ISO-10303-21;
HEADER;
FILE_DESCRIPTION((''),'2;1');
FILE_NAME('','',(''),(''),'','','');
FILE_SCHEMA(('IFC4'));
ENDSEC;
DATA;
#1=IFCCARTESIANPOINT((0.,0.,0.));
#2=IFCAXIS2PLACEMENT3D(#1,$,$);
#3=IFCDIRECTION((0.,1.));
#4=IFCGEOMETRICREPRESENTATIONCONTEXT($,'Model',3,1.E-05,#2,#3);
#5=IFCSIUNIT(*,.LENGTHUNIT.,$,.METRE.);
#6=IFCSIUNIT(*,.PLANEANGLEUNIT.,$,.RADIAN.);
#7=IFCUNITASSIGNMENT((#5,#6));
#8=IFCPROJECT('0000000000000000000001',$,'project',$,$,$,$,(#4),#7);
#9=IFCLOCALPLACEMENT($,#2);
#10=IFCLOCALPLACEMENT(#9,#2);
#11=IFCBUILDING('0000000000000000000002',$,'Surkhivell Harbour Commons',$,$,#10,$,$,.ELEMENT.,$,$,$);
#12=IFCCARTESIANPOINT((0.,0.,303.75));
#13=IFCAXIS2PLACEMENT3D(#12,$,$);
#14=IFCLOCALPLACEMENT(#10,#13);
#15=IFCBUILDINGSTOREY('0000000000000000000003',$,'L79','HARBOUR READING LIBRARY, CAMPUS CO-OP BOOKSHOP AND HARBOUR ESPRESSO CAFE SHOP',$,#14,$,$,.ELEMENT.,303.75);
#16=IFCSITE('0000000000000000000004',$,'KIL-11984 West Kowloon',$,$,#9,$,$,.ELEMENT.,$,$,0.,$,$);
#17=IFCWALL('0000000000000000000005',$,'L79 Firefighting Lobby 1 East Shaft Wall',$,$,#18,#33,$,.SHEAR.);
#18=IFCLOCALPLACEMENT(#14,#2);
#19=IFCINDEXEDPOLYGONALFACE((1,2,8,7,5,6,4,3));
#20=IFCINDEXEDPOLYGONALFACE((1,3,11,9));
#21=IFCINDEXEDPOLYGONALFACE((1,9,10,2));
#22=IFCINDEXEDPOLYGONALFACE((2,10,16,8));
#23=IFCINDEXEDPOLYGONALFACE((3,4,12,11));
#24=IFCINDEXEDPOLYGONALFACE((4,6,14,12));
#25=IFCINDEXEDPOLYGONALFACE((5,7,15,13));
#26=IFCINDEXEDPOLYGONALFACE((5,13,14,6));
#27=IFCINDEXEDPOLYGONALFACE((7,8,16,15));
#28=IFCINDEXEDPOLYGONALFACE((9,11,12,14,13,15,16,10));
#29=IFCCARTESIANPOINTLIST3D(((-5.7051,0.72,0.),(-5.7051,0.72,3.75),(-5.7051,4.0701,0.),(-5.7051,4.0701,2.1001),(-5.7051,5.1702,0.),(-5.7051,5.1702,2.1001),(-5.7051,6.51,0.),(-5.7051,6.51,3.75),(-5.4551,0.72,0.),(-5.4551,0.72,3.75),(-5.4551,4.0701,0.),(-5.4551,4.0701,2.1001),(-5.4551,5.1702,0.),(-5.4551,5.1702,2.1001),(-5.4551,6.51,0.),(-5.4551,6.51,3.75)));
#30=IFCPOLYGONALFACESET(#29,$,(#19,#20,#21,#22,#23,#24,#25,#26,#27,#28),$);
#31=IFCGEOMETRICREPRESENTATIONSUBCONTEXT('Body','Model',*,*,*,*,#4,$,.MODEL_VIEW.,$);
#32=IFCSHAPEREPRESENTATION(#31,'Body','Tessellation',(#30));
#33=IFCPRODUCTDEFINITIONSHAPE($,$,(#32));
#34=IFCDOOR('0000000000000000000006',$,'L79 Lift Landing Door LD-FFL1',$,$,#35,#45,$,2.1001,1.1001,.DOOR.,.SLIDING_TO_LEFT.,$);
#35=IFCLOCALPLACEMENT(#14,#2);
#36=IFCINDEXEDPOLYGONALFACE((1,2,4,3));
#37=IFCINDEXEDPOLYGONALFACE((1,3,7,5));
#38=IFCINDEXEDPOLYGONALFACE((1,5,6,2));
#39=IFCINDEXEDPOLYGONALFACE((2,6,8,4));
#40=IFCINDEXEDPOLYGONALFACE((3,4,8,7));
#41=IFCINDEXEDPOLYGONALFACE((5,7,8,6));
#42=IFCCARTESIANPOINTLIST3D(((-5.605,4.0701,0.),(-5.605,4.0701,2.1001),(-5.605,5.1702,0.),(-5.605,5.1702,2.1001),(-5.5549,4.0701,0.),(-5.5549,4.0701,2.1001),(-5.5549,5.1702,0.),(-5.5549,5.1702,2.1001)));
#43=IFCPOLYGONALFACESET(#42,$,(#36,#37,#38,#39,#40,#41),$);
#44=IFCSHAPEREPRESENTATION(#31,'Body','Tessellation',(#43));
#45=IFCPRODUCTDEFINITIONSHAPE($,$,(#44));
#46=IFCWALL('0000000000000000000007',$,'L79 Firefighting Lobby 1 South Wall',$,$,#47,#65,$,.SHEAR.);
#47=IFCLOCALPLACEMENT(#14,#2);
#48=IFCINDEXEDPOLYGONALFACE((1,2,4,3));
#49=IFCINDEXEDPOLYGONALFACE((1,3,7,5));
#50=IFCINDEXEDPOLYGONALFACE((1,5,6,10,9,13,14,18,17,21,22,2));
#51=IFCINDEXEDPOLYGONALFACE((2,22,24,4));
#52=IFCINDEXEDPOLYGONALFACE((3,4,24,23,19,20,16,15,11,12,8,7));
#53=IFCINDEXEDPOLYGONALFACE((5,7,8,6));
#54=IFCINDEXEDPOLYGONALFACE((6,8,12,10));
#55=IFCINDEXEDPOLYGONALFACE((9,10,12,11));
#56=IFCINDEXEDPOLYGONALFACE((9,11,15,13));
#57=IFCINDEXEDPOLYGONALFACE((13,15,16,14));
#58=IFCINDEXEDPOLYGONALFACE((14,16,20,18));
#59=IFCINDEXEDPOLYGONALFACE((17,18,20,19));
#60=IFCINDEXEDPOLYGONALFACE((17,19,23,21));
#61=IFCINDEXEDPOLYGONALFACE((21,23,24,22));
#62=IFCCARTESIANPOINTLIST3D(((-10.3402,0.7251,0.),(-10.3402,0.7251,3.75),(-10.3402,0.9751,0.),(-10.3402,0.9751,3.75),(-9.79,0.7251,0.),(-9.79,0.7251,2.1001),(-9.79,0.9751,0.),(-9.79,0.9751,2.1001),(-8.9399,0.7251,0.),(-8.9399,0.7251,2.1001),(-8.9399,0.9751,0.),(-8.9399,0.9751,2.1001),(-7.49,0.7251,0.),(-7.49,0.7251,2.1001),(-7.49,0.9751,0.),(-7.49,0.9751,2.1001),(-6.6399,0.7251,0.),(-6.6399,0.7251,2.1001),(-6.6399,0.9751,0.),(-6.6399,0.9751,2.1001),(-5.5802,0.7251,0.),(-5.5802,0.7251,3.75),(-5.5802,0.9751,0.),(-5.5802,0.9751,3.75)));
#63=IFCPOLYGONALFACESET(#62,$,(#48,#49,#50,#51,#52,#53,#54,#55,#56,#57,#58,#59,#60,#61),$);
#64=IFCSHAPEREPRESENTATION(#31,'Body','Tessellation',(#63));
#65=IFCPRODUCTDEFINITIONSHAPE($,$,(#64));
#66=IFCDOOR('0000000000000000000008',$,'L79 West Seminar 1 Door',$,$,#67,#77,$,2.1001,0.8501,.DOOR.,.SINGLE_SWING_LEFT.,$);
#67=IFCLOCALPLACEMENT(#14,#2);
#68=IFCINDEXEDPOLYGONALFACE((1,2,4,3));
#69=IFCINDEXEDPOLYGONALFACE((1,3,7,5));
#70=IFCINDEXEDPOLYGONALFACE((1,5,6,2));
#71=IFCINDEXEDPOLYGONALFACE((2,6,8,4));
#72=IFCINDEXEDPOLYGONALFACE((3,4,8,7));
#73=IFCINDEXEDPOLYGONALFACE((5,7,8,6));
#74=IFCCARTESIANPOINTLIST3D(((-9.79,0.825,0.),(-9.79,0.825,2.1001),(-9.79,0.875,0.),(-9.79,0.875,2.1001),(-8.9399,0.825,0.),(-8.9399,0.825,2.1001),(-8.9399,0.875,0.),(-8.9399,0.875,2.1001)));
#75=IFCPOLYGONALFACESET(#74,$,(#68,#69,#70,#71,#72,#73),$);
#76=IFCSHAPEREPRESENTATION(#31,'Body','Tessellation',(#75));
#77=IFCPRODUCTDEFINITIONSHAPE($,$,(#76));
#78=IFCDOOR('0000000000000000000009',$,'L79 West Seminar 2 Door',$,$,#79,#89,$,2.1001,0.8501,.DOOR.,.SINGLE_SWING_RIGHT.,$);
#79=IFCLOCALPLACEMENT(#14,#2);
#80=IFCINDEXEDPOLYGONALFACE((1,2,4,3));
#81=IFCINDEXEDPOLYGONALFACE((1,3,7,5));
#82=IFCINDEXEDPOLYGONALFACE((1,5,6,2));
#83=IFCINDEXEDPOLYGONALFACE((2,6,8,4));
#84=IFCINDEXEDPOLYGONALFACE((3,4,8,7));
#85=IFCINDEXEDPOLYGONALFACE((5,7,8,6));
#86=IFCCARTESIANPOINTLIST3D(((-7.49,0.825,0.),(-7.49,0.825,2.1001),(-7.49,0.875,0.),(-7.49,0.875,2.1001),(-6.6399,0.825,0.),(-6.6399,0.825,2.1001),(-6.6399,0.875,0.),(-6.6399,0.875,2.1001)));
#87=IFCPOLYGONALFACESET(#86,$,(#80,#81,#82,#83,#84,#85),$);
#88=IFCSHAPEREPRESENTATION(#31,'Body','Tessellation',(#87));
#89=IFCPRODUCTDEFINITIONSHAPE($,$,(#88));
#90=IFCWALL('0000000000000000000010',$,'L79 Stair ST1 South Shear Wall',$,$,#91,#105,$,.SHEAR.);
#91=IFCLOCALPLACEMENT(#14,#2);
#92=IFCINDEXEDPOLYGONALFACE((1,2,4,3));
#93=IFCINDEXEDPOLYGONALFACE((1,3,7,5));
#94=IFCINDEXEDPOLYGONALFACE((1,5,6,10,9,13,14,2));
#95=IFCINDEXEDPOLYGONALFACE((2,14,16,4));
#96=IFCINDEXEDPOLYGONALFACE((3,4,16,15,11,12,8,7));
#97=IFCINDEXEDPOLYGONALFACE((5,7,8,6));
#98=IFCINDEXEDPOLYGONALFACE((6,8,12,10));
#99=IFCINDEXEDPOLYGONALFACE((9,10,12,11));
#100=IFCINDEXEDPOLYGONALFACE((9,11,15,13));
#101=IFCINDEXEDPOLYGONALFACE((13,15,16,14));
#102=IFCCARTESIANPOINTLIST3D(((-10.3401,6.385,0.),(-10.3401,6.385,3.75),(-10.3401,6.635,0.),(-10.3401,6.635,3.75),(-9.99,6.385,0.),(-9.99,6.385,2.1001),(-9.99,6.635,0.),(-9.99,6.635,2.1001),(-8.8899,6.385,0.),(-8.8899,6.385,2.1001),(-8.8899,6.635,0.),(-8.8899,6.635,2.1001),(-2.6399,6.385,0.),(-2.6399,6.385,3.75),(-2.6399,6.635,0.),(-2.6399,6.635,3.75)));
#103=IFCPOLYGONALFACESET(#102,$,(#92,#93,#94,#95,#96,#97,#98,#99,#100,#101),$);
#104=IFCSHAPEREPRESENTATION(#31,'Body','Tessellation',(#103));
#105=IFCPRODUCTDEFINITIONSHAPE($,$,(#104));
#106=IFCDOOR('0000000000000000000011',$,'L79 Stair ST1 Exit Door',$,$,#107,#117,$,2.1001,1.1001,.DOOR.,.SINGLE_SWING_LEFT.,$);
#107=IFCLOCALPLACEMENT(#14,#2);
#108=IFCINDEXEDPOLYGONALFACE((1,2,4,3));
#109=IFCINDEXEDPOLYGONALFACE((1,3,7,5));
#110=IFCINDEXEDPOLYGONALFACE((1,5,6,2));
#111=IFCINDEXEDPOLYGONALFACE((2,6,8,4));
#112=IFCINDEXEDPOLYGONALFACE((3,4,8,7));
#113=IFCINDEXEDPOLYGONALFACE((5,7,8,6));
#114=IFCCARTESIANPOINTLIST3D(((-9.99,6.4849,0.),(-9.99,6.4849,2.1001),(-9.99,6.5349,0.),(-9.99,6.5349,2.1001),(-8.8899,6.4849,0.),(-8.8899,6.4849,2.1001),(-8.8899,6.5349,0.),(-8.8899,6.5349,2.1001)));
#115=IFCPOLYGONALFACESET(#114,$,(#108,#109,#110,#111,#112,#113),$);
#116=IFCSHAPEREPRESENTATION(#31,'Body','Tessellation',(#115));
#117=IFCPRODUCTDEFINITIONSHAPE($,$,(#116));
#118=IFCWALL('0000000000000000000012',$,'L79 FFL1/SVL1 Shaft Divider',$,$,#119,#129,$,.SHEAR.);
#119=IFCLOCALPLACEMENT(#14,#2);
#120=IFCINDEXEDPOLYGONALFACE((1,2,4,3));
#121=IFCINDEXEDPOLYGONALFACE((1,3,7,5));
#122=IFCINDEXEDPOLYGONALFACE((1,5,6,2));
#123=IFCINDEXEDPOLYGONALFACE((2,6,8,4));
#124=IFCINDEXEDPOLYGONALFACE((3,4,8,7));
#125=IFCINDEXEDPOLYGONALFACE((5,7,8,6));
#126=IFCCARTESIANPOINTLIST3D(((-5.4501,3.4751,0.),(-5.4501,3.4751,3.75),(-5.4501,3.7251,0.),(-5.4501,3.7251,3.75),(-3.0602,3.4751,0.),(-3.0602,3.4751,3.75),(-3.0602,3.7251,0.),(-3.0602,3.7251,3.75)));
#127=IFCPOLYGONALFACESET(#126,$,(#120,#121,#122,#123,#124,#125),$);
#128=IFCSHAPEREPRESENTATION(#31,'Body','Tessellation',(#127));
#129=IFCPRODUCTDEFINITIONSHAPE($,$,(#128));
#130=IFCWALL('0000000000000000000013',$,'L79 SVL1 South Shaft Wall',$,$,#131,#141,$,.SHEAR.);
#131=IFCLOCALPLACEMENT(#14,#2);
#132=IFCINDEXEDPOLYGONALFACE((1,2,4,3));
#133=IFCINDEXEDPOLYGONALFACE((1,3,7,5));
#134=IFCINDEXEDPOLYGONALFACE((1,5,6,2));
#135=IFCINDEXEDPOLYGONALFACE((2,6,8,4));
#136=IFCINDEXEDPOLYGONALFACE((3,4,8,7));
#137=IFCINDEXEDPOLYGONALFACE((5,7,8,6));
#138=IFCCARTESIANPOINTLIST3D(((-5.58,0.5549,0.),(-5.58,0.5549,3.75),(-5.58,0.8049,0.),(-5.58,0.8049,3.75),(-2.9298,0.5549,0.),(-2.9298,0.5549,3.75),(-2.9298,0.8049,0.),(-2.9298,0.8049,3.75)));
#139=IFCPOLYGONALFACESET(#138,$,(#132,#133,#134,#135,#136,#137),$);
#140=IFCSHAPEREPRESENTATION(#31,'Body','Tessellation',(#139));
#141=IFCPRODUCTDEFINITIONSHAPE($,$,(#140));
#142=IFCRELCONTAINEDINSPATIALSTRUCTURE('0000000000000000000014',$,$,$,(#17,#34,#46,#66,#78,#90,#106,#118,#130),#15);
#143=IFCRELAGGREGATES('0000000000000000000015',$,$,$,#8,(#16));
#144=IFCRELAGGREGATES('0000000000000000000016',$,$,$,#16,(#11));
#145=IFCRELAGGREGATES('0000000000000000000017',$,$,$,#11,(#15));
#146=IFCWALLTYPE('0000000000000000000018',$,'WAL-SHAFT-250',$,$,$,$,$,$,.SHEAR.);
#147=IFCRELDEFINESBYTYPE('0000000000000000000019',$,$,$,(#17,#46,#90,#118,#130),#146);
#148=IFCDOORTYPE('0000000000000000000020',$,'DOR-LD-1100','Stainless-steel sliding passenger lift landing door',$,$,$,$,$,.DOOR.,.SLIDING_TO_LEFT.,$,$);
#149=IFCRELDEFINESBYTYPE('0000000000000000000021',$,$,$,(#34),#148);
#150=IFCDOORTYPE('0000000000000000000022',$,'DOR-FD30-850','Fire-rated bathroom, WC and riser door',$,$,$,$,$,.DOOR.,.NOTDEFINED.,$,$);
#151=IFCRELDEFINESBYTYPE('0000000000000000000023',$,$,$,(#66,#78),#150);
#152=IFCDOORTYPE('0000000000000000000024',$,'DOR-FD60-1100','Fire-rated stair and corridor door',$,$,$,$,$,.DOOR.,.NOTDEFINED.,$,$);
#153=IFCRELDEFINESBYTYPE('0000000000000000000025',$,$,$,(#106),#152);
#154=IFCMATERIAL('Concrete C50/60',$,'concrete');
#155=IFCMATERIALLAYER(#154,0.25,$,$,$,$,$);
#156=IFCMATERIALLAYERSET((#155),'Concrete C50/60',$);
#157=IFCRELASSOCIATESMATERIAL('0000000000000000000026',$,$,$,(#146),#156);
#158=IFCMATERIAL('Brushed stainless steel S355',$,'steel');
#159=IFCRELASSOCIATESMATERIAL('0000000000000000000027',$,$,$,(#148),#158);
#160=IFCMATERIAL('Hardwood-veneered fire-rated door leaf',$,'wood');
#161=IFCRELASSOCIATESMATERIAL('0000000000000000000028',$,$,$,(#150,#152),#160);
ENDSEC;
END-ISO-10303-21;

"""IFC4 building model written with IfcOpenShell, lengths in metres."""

from ifc_helpers import new_model, si_unit, direction, frame, frame_2d, origin, place, context, subcontext, project, spatial, rectangle, extrude, material, layer, layer_set, type_object, element, fill, save


model = new_model("IFC4")

# Units and contexts
model_context = context("Model", 3, precision=1e-05, world=origin(), true_north=direction((0.0, 1.0)))
body_context = subcontext(model_context, "Body", "Model", "MODEL_VIEW")
ifc_project = project(units=[si_unit("LENGTHUNIT", "METRE"), si_unit("PLANEANGLEUNIT", "RADIAN")], contexts=[model_context])

# Site, building, storey
site_placement = place(None, origin())
site = spatial("IfcSite", under=ifc_project, at=site_placement, Name="KIL-11984 West Kowloon", CompositionType="ELEMENT", RefElevation=0.0)
building_placement = place(site_placement, origin())
building = spatial("IfcBuilding", under=site, at=building_placement, Name="Surkhivell Harbour Commons", CompositionType="ELEMENT")
storey_placement = place(building_placement, frame((0.0, 0.0, 303.75)))
storey = spatial("IfcBuildingStorey", under=building, at=storey_placement, Name="L79", Description="HARBOUR READING LIBRARY, CAMPUS CO-OP BOOKSHOP AND HARBOUR ESPRESSO CAFE SHOP", CompositionType="ELEMENT", Elevation=303.75)

# Shared definitions
ifc_material_1 = material(Name="Concrete C50/60", Category="concrete")

# Shared definitions
ifc_material_2 = material(Name="Hardwood-veneered fire-rated door leaf", Category="wood")

# Wall, opening, door
ifc_layer_1 = layer(ifc_material_1, 0.25)
ifc_layer_set_1 = layer_set([ifc_layer_1], Name="Concrete C50/60")
wall_type_1 = type_object("IfcWallType", Name="WAL-SHAFT-250", PredefinedType="SHEAR", material=ifc_layer_set_1)
wall_1_placement = place(storey_placement, frame((-5.5801, 0.72, 0.0), z_axis=(0.0, 0.0, 1.0), x_axis=(0.0, 1.0, 0.0)))
wall_1 = element("IfcWall", 1, at=wall_1_placement, inside=storey, type_object=wall_type_1, Name="L79 Firefighting Lobby 1 East Shaft Wall", PredefinedType="SHEAR", context=body_context, shape_type="SweptSolid", body=[
    extrude(rectangle(XDim=5.79, YDim=0.25, at=frame_2d((2.895, 0.0))), origin(), (0.0, 0.0, 1.0), 3.75),
])
opening_1_placement = place(wall_1_placement, frame((3.3501, 0.0, 0.0)))
opening_1 = element("IfcOpeningElement", 2, at=opening_1_placement, cuts=wall_1, PredefinedType="OPENING", context=body_context, shape_type="SweptSolid", body=[
    extrude(rectangle(XDim=1.1001, YDim=2.1001, at=frame_2d((0.55, 1.05))), frame((0.0, 0.135, 0.0), z_axis=(0.0, -1.0, 0.0), x_axis=(1.0, 0.0, 0.0)), (0.0, 0.0, 1.0), 0.27),
])
ifc_material_3 = material(Name="Brushed stainless steel S355", Category="steel")
door_type_1 = type_object("IfcDoorType", Name="DOR-LD-1100", Description="Stainless-steel sliding passenger lift landing door", OperationType="SLIDING_TO_LEFT", PredefinedType="DOOR", material=ifc_material_3)
door_1_placement = place(opening_1_placement, origin())
door_1 = element("IfcDoor", 3, at=door_1_placement, inside=storey, type_object=door_type_1, Name="L79 Lift Landing Door LD-FFL1", OperationType="SLIDING_TO_LEFT", OverallHeight=2.1001, OverallWidth=1.1001, PredefinedType="DOOR", context=body_context, shape_type="SweptSolid", body=[
    extrude(rectangle(XDim=1.1001, YDim=2.1001, at=frame_2d((0.55, 1.05))), frame((0.0, 0.0249, 0.0), z_axis=(0.0, -1.0, 0.0), x_axis=(1.0, 0.0, 0.0)), (0.0, 0.0, 1.0), 0.05),
])
fill(opening_1, door_1)

# Wall, openings, doors
wall_2_placement = place(storey_placement, frame((-10.3401, 0.8501, 0.0), z_axis=(0.0, 0.0, 1.0), x_axis=(1.0, 0.0, 0.0)))
wall_2 = element("IfcWall", 4, at=wall_2_placement, inside=storey, type_object=wall_type_1, Name="L79 Firefighting Lobby 1 South Wall", PredefinedType="SHEAR", context=body_context, shape_type="SweptSolid", body=[
    extrude(rectangle(XDim=4.76, YDim=0.25, at=frame_2d((2.3799, 0.0))), origin(), (0.0, 0.0, 1.0), 3.75),
])
opening_2_placement = place(wall_2_placement, frame((0.55, 0.0, 0.0)))
opening_2 = element("IfcOpeningElement", 5, at=opening_2_placement, cuts=wall_2, PredefinedType="OPENING", context=body_context, shape_type="SweptSolid", body=[
    extrude(rectangle(XDim=0.8501, YDim=2.1001, at=frame_2d((0.425, 1.05))), frame((0.0, 0.135, 0.0), z_axis=(0.0, -1.0, 0.0), x_axis=(1.0, 0.0, 0.0)), (0.0, 0.0, 1.0), 0.27),
])
opening_3_placement = place(wall_2_placement, frame((2.8501, 0.0, 0.0)))
opening_3 = element("IfcOpeningElement", 6, at=opening_3_placement, cuts=wall_2, PredefinedType="OPENING", context=body_context, shape_type="SweptSolid", body=[
    extrude(rectangle(XDim=0.8501, YDim=2.1001, at=frame_2d((0.425, 1.05))), frame((0.0, 0.135, 0.0), z_axis=(0.0, -1.0, 0.0), x_axis=(1.0, 0.0, 0.0)), (0.0, 0.0, 1.0), 0.27),
])
door_type_2 = type_object("IfcDoorType", Name="DOR-FD30-850", Description="Fire-rated bathroom, WC and riser door", OperationType="NOTDEFINED", PredefinedType="DOOR", material=ifc_material_2)
door_2_placement = place(opening_2_placement, origin())
door_2 = element("IfcDoor", 7, at=door_2_placement, inside=storey, type_object=door_type_2, Name="L79 West Seminar 1 Door", OperationType="SINGLE_SWING_LEFT", OverallHeight=2.1001, OverallWidth=0.8501, PredefinedType="DOOR", context=body_context, shape_type="SweptSolid", body=[
    extrude(rectangle(XDim=0.8501, YDim=2.1001, at=frame_2d((0.425, 1.05))), frame((0.0, 0.0249, 0.0), z_axis=(0.0, -1.0, 0.0), x_axis=(1.0, 0.0, 0.0)), (0.0, 0.0, 1.0), 0.05),
])
fill(opening_2, door_2)
door_3_placement = place(opening_3_placement, origin())
door_3 = element("IfcDoor", 8, at=door_3_placement, inside=storey, type_object=door_type_2, Name="L79 West Seminar 2 Door", OperationType="SINGLE_SWING_RIGHT", OverallHeight=2.1001, OverallWidth=0.8501, PredefinedType="DOOR", context=body_context, shape_type="SweptSolid", body=[
    extrude(rectangle(XDim=0.8501, YDim=2.1001, at=frame_2d((0.425, 1.05))), frame((0.0, 0.0249, 0.0), z_axis=(0.0, -1.0, 0.0), x_axis=(1.0, 0.0, 0.0)), (0.0, 0.0, 1.0), 0.05),
])
fill(opening_3, door_3)

# Wall, opening, door
wall_3_placement = place(storey_placement, frame((-10.3401, 6.51, 0.0), z_axis=(0.0, 0.0, 1.0), x_axis=(1.0, 0.0, 0.0)))
wall_3 = element("IfcWall", 9, at=wall_3_placement, inside=storey, type_object=wall_type_1, Name="L79 Stair ST1 South Shear Wall", PredefinedType="SHEAR", context=body_context, shape_type="SweptSolid", body=[
    extrude(rectangle(XDim=7.7002, YDim=0.25, at=frame_2d((3.8501, 0.0))), origin(), (0.0, 0.0, 1.0), 3.75),
])
opening_4_placement = place(wall_3_placement, frame((0.3501, 0.0, 0.0)))
opening_4 = element("IfcOpeningElement", 10, at=opening_4_placement, cuts=wall_3, PredefinedType="OPENING", context=body_context, shape_type="SweptSolid", body=[
    extrude(rectangle(XDim=1.1001, YDim=2.1001, at=frame_2d((0.55, 1.05))), frame((0.0, 0.135, 0.0), z_axis=(0.0, -1.0, 0.0), x_axis=(1.0, 0.0, 0.0)), (0.0, 0.0, 1.0), 0.27),
])
door_type_3 = type_object("IfcDoorType", Name="DOR-FD60-1100", Description="Fire-rated stair and corridor door", OperationType="NOTDEFINED", PredefinedType="DOOR", material=ifc_material_2)
door_4_placement = place(opening_4_placement, origin())
door_4 = element("IfcDoor", 11, at=door_4_placement, inside=storey, type_object=door_type_3, Name="L79 Stair ST1 Exit Door", OperationType="SINGLE_SWING_LEFT", OverallHeight=2.1001, OverallWidth=1.1001, PredefinedType="DOOR", context=body_context, shape_type="SweptSolid", body=[
    extrude(rectangle(XDim=1.1001, YDim=2.1001, at=frame_2d((0.55, 1.05))), frame((0.0, 0.0249, 0.0), z_axis=(0.0, -1.0, 0.0), x_axis=(1.0, 0.0, 0.0)), (0.0, 0.0, 1.0), 0.05),
])
fill(opening_4, door_4)

# Walls
wall_4_placement = place(storey_placement, frame((-5.45, 3.6001, 0.0), z_axis=(0.0, 0.0, 1.0), x_axis=(1.0, 0.0, 0.0)))
element("IfcWall", 12, at=wall_4_placement, inside=storey, type_object=wall_type_1, Name="L79 FFL1/SVL1 Shaft Divider", PredefinedType="SHEAR", context=body_context, shape_type="SweptSolid", body=[
    extrude(rectangle(XDim=2.3899, YDim=0.25, at=frame_2d((1.1948, 0.0))), origin(), (0.0, 0.0, 1.0), 3.75),
])
wall_5_placement = place(storey_placement, frame((-5.5801, 0.6799, 0.0), z_axis=(0.0, 0.0, 1.0), x_axis=(1.0, 0.0, 0.0)))
element("IfcWall", 13, at=wall_5_placement, inside=storey, type_object=wall_type_1, Name="L79 SVL1 South Shaft Wall", PredefinedType="SHEAR", context=body_context, shape_type="SweptSolid", body=[
    extrude(rectangle(XDim=2.6501, YDim=0.25, at=frame_2d((1.3252, 0.0))), origin(), (0.0, 0.0, 1.0), 3.75),
])

save(model, "model.ifc")
